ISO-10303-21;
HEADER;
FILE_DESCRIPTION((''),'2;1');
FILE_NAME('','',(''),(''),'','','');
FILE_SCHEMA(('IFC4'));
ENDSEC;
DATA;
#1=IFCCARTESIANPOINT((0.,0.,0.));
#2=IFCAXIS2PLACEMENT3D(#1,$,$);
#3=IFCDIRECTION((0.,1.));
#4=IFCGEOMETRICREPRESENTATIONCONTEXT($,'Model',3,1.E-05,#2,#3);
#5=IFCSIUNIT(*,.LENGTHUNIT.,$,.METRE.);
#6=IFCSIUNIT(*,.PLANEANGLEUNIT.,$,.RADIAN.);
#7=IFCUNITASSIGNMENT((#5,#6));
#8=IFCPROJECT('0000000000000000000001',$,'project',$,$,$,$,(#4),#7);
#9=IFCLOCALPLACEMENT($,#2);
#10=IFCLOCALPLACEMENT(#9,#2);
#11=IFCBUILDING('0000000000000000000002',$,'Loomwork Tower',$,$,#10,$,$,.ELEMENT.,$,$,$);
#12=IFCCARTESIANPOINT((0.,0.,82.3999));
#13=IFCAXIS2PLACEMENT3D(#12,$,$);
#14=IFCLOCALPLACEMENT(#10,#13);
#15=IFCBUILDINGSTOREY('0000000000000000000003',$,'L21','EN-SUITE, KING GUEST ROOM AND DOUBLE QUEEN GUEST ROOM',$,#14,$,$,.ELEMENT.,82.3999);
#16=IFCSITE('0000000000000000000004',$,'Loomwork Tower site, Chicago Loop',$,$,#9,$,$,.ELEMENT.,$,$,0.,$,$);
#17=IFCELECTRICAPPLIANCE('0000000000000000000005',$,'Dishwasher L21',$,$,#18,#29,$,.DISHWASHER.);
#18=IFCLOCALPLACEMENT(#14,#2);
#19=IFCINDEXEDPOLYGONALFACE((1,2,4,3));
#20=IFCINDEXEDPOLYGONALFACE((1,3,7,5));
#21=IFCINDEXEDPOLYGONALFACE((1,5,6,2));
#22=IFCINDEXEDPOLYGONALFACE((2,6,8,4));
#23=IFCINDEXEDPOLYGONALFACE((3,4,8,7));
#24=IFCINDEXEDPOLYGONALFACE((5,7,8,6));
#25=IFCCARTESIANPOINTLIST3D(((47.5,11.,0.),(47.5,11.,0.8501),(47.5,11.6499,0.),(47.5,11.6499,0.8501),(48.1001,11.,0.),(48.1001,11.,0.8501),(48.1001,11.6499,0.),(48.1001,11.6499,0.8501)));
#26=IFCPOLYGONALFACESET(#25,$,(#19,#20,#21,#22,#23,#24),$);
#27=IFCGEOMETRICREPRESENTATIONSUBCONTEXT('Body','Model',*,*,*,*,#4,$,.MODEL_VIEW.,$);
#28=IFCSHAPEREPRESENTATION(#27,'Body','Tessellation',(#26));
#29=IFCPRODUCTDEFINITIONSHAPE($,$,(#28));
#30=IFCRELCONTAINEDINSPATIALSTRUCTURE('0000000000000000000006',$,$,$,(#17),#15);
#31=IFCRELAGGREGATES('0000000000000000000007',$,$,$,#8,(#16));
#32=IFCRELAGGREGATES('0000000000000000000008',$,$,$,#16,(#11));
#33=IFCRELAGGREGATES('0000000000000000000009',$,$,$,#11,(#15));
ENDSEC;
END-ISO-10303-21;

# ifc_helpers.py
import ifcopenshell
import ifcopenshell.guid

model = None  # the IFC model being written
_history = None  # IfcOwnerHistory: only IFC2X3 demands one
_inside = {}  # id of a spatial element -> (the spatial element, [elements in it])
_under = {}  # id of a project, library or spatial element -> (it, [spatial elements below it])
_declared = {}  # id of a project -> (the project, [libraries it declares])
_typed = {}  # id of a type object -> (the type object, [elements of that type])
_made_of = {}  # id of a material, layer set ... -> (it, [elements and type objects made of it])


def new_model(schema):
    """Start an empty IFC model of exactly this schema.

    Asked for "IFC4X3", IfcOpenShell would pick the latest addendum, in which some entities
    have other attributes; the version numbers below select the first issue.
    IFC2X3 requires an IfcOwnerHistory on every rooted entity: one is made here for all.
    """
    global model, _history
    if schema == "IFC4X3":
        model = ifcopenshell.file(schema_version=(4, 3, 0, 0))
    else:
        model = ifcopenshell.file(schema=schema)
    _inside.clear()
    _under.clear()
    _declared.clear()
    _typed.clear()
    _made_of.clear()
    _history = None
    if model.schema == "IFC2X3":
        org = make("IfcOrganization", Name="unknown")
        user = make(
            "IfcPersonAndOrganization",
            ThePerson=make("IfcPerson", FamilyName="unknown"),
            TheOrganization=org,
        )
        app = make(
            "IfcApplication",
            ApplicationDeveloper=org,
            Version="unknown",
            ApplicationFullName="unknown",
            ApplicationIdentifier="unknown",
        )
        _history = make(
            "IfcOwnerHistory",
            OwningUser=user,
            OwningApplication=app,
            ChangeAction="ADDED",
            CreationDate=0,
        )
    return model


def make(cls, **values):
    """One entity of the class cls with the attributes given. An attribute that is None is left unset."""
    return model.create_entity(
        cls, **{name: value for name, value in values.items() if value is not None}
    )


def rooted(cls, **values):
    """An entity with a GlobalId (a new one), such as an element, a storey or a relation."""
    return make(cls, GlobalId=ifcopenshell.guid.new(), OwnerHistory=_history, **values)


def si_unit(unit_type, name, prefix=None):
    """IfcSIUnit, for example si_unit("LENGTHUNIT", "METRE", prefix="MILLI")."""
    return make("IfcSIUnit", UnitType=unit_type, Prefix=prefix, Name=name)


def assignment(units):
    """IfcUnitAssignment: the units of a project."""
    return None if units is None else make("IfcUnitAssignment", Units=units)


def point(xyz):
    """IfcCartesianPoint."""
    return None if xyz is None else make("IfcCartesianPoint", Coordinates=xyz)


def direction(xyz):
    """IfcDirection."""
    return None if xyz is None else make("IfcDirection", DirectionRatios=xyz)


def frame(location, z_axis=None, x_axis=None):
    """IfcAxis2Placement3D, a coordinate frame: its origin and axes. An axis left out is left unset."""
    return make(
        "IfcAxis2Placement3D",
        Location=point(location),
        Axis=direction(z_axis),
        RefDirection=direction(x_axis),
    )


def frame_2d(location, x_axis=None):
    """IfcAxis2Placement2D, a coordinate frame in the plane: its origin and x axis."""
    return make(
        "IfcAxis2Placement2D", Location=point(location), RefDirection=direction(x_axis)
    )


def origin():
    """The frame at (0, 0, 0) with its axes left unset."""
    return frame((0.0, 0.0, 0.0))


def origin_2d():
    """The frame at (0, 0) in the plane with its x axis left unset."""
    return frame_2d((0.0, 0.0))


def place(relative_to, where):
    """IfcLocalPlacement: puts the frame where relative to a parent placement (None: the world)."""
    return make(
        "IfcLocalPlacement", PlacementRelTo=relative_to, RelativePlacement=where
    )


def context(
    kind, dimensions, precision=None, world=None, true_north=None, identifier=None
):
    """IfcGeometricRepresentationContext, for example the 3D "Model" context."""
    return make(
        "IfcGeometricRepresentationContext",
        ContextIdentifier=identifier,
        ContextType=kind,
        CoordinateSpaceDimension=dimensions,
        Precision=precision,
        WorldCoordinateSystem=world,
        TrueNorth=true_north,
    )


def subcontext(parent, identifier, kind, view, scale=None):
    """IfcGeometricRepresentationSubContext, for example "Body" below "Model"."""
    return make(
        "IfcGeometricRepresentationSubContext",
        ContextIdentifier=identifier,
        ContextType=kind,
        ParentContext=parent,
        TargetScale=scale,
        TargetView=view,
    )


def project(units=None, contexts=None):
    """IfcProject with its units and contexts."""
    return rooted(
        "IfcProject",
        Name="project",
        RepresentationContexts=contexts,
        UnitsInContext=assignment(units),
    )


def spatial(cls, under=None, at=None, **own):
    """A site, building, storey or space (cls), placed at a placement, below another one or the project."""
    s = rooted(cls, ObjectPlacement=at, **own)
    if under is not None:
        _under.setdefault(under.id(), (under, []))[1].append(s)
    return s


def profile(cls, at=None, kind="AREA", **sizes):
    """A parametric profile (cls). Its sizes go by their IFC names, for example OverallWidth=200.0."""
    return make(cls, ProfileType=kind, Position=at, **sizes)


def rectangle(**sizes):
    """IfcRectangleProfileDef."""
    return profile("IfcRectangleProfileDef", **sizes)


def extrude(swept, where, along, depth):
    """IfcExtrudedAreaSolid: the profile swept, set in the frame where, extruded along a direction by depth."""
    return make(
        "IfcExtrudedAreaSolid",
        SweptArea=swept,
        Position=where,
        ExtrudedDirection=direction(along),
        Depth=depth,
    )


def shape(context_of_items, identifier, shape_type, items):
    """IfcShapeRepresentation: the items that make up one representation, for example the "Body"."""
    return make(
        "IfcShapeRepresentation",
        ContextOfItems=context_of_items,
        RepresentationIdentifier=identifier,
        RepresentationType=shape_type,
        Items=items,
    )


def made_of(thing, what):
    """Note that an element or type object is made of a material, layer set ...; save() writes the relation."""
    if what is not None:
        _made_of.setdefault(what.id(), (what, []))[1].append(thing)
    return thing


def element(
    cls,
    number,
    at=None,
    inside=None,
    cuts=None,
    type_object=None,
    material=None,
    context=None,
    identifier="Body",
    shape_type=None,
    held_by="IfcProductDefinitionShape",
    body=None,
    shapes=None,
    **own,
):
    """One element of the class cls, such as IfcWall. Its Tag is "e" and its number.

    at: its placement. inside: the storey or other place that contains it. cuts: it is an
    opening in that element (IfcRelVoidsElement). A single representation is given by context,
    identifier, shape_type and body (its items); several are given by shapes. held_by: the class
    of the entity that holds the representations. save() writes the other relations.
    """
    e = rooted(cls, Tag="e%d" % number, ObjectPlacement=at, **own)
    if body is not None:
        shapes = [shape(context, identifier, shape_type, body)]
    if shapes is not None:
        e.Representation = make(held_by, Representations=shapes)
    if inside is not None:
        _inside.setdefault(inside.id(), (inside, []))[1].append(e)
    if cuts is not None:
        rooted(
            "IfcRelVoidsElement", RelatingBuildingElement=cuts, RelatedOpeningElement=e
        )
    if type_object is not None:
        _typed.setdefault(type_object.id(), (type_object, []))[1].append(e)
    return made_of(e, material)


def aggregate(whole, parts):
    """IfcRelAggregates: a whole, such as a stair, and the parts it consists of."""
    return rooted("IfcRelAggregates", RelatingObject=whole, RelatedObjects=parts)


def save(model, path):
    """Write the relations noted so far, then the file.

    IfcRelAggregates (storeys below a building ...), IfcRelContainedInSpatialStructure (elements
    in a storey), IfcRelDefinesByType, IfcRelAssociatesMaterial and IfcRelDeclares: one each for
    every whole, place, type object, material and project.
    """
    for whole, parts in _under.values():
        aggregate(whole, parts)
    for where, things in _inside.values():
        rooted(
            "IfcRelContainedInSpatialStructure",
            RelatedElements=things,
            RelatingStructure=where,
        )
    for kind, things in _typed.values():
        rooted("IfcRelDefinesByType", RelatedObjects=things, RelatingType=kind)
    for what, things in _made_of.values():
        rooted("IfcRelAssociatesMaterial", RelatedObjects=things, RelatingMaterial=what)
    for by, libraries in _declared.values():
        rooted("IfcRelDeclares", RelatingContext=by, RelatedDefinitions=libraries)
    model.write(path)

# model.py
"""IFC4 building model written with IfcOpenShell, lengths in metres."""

from ifc_helpers import new_model, si_unit, direction, frame, origin, origin_2d, place, context, subcontext, project, spatial, rectangle, extrude, element, save


model = new_model("IFC4")

# Units and contexts
model_context = context("Model", 3, precision=1e-05, world=origin(), true_north=direction((0.0, 1.0)))
body_context = subcontext(model_context, "Body", "Model", "MODEL_VIEW")
ifc_project = project(units=[si_unit("LENGTHUNIT", "METRE"), si_unit("PLANEANGLEUNIT", "RADIAN")], contexts=[model_context])

# Site, building, storey
site_placement = place(None, origin())
site = spatial("IfcSite", under=ifc_project, at=site_placement, Name="Loomwork Tower site, Chicago Loop", CompositionType="ELEMENT", RefElevation=0.0)
building_placement = place(site_placement, origin())
building = spatial("IfcBuilding", under=site, at=building_placement, Name="Loomwork Tower", CompositionType="ELEMENT")
storey_placement = place(building_placement, frame((0.0, 0.0, 82.3999)))
storey = spatial("IfcBuildingStorey", under=building, at=storey_placement, Name="L21", Description="EN-SUITE, KING GUEST ROOM AND DOUBLE QUEEN GUEST ROOM", CompositionType="ELEMENT", Elevation=82.3999)

# Electric appliance
electric_appliance_1_placement = place(storey_placement, frame((47.8, 11.325, 0.0), z_axis=(0.0, 0.0, 1.0), x_axis=(1.0, 0.0, 0.0)))
element("IfcElectricAppliance", 1, at=electric_appliance_1_placement, inside=storey, Name="Dishwasher L21", PredefinedType="DISHWASHER", context=body_context, shape_type="SweptSolid", body=[
    extrude(rectangle(XDim=0.6001, YDim=0.6499, at=origin_2d()), origin(), (0.0, 0.0, 1.0), 0.8501),
])

save(model, "model.ifc")
